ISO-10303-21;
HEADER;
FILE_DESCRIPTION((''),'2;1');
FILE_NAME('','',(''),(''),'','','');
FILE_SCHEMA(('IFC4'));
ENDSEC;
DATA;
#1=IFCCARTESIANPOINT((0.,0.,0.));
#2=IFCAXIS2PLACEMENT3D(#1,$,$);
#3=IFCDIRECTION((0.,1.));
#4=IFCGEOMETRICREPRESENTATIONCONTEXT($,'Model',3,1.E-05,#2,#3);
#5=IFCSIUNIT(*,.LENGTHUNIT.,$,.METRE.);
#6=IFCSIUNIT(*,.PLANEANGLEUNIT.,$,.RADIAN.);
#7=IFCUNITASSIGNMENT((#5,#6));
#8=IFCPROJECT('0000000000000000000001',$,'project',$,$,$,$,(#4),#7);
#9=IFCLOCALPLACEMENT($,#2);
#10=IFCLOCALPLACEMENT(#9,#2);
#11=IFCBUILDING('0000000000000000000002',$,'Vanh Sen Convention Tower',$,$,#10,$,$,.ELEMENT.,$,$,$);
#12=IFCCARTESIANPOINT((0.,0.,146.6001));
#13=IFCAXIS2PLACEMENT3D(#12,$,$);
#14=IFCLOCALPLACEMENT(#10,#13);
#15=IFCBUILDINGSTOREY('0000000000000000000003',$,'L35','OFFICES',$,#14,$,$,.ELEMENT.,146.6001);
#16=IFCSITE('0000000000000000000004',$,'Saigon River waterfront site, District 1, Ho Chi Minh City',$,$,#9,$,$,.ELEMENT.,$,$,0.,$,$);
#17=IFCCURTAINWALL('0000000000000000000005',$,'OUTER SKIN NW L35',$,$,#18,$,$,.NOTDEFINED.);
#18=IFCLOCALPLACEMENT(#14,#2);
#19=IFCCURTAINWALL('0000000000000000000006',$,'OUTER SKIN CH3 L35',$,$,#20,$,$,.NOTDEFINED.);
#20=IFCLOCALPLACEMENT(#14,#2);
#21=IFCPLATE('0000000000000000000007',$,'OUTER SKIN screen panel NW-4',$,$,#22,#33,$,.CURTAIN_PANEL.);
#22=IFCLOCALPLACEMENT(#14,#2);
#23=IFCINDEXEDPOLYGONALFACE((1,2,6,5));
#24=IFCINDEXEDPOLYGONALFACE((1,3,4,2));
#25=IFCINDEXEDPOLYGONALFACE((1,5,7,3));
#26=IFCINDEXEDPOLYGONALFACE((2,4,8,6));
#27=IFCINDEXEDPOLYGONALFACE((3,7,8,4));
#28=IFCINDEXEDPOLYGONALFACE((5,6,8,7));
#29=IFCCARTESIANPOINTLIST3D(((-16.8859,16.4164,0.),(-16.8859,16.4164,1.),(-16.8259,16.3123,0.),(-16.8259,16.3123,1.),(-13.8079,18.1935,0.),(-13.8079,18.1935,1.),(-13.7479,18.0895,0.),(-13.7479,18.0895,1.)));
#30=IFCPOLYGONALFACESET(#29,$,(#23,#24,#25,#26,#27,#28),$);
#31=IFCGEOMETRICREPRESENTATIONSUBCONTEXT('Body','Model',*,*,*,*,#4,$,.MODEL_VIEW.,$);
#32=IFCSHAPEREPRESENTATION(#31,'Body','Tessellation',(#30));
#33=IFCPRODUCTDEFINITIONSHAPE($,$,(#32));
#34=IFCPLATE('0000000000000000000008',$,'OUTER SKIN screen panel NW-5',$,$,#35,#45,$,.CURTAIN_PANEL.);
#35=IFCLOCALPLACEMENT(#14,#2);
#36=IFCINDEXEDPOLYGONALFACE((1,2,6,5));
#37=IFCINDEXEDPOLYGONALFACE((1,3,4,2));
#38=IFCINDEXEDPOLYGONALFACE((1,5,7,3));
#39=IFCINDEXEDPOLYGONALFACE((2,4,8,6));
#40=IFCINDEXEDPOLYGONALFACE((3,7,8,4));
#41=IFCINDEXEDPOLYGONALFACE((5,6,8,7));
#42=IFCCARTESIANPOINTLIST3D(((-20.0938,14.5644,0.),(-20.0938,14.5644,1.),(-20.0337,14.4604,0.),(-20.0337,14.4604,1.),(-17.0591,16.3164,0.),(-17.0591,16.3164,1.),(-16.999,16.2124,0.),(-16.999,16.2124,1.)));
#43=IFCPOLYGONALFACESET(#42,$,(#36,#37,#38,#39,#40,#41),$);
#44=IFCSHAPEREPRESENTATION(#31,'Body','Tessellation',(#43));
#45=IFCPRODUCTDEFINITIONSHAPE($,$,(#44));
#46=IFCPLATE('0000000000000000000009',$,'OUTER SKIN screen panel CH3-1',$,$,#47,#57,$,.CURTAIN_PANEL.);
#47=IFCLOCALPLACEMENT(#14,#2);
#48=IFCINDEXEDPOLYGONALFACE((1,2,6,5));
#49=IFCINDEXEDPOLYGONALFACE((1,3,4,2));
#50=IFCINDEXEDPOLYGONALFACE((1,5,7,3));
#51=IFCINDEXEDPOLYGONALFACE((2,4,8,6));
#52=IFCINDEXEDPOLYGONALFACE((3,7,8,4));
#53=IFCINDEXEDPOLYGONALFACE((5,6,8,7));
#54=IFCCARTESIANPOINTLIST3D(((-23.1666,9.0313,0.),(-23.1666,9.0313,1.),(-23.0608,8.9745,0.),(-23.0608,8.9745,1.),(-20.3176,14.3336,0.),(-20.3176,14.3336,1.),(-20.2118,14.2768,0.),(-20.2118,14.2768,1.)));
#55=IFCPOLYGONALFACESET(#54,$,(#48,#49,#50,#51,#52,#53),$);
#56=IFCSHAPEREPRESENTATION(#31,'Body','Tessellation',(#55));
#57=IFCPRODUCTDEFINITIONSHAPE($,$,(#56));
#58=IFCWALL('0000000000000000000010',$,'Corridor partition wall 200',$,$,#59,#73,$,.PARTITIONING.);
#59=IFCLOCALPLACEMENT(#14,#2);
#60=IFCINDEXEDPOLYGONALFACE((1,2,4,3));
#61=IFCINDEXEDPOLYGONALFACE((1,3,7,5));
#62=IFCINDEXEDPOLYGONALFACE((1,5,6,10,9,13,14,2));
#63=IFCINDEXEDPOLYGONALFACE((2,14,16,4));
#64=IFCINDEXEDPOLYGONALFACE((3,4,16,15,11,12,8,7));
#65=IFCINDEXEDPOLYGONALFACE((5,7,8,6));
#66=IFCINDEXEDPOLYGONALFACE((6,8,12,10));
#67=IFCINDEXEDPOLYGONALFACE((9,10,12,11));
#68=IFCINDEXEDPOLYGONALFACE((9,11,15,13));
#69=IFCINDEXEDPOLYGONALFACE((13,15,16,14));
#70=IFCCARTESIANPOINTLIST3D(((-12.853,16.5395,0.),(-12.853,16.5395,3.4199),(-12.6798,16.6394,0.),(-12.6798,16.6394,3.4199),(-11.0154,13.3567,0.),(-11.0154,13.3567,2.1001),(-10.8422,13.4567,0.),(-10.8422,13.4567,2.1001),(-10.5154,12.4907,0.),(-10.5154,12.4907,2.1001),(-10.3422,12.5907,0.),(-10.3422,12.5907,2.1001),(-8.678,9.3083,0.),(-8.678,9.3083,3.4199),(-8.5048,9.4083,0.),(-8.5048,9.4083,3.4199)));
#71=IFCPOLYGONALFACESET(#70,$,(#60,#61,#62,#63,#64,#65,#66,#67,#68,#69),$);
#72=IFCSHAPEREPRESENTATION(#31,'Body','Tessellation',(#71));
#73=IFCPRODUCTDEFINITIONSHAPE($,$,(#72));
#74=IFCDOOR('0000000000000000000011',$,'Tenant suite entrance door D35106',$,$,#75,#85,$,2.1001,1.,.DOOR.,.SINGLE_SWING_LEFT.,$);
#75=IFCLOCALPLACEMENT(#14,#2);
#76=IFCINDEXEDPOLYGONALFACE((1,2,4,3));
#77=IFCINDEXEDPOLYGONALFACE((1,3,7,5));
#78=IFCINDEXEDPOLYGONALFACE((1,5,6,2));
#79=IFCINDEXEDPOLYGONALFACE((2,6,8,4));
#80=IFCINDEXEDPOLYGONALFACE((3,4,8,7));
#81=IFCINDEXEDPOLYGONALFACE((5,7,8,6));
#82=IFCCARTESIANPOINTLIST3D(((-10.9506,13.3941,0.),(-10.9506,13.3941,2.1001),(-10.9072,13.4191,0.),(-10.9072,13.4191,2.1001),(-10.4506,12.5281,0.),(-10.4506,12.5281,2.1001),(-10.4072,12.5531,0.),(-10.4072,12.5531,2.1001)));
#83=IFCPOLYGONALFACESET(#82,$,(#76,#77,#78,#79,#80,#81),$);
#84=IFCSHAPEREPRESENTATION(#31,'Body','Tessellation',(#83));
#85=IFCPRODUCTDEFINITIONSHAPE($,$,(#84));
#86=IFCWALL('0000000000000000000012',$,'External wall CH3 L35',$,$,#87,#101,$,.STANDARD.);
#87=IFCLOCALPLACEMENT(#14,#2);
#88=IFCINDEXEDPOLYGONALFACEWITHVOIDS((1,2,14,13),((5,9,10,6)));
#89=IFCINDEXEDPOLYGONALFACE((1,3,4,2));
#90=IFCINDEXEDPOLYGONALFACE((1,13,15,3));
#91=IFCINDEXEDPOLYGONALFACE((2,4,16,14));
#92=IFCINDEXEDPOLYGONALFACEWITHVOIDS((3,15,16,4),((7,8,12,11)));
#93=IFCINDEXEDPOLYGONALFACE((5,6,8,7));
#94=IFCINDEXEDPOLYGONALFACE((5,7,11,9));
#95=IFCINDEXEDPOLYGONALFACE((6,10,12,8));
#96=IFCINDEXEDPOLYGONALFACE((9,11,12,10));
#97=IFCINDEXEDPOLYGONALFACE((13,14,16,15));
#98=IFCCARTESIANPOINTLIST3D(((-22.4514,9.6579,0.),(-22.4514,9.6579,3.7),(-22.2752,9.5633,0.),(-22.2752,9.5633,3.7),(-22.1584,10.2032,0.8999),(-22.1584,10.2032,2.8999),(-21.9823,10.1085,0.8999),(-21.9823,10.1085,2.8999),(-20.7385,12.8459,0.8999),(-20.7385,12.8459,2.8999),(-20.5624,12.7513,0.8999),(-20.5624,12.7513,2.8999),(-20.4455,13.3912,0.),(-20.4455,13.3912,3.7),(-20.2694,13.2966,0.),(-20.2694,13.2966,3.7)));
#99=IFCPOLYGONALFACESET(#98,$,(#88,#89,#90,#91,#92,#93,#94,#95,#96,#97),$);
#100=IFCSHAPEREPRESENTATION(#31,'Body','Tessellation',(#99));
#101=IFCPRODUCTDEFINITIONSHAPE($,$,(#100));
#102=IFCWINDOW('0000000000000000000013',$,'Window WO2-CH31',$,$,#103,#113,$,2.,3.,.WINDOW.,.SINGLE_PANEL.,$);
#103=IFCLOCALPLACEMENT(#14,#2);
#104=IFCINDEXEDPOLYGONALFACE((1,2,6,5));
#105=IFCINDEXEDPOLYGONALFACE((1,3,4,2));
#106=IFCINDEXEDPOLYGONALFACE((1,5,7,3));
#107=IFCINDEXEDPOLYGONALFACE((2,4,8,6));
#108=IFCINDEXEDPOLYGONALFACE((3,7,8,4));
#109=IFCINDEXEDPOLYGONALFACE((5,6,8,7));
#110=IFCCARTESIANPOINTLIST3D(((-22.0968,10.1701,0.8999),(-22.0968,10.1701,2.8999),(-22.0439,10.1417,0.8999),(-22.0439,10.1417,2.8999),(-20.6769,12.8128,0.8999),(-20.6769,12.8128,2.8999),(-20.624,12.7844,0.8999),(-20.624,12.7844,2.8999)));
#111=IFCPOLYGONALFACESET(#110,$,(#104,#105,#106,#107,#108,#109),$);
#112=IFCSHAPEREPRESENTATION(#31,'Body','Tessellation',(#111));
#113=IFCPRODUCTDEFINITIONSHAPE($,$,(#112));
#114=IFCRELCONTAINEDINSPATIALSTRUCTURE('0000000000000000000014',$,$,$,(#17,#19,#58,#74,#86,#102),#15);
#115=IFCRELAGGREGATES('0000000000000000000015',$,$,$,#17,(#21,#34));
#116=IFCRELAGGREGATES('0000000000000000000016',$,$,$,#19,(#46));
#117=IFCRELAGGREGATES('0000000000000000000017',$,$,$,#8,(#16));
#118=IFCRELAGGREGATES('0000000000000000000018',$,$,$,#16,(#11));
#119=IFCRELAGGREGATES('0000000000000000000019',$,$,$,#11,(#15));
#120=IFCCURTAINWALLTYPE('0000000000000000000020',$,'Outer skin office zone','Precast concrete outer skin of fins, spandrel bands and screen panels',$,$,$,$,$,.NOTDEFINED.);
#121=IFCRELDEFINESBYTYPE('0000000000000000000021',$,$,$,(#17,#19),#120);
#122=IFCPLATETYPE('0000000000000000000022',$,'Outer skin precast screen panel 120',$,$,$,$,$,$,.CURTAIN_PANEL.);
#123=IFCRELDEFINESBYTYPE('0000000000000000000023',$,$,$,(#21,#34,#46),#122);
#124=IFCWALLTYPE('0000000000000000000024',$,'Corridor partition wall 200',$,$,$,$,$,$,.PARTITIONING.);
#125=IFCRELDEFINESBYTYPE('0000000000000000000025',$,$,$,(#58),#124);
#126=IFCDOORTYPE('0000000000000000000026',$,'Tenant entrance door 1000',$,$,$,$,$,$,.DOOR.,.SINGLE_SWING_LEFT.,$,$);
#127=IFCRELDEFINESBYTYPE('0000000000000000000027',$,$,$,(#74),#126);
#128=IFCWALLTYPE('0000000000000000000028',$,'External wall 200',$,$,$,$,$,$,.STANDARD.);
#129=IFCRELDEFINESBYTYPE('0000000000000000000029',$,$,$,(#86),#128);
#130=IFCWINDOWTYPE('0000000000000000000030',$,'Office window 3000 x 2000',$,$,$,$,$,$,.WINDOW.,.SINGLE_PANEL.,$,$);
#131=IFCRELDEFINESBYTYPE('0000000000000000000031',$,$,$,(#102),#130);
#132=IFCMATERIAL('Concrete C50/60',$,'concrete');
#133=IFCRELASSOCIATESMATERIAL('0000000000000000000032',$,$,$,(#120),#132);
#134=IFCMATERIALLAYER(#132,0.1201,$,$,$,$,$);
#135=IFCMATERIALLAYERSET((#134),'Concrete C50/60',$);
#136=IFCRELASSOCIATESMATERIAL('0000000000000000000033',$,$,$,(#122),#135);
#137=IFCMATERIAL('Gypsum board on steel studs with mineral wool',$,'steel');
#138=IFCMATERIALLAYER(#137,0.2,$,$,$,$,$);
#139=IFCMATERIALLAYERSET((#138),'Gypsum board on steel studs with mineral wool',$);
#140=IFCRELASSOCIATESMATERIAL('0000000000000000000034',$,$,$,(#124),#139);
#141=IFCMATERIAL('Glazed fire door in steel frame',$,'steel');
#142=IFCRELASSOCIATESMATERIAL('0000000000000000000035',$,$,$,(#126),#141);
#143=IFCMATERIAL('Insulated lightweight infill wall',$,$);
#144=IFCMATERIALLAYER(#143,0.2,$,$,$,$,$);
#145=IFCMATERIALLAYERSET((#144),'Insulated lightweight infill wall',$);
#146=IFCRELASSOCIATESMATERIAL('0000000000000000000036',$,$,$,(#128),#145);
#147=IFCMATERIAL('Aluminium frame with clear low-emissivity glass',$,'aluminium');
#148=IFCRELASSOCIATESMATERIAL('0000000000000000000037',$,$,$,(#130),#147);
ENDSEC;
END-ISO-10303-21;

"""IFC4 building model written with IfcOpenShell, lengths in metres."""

from ifc_helpers import new_model, si_unit, direction, frame, frame_2d, origin, origin_2d, place, context, subcontext, project, spatial, rectangle, extrude, material, layer, layer_set, type_object, element, fill, aggregate, save


model = new_model("IFC4")

# Units and contexts
model_context = context("Model", 3, precision=1e-05, world=origin(), true_north=direction((0.0, 1.0)))
body_context = subcontext(model_context, "Body", "Model", "MODEL_VIEW")
ifc_project = project(units=[si_unit("LENGTHUNIT", "METRE"), si_unit("PLANEANGLEUNIT", "RADIAN")], contexts=[model_context])

# Site, building, storey
site_placement = place(None, origin())
site = spatial("IfcSite", under=ifc_project, at=site_placement, Name="Saigon River waterfront site, District 1, Ho Chi Minh City", CompositionType="ELEMENT", RefElevation=0.0)
building_placement = place(site_placement, origin())
building = spatial("IfcBuilding", under=site, at=building_placement, Name="Vanh Sen Convention Tower", CompositionType="ELEMENT")
storey_placement = place(building_placement, frame((0.0, 0.0, 146.6001)))
storey = spatial("IfcBuildingStorey", under=building, at=storey_placement, Name="L35", Description="OFFICES", CompositionType="ELEMENT", Elevation=146.6001)

# Curtain wall
ifc_material_1 = material(Name="Concrete C50/60", Category="concrete")
curtain_wall_type = type_object("IfcCurtainWallType", Name="Outer skin office zone", Description="Precast concrete outer skin of fins, spandrel bands and screen panels", PredefinedType="NOTDEFINED", material=ifc_material_1)
curtain_wall_1_placement = place(storey_placement, origin())
curtain_wall_1 = element("IfcCurtainWall", 1, at=curtain_wall_1_placement, inside=storey, type_object=curtain_wall_type, Name="OUTER SKIN NW L35", PredefinedType="NOTDEFINED")

# Curtain wall
curtain_wall_2_placement = place(storey_placement, origin())
curtain_wall_2 = element("IfcCurtainWall", 2, at=curtain_wall_2_placement, inside=storey, type_object=curtain_wall_type, Name="OUTER SKIN CH3 L35", PredefinedType="NOTDEFINED")

# Plates
ifc_layer_1 = layer(ifc_material_1, 0.1201)
ifc_layer_set_1 = layer_set([ifc_layer_1], Name="Concrete C50/60")
plate_type = type_object("IfcPlateType", Name="Outer skin precast screen panel 120", PredefinedType="CURTAIN_PANEL", material=ifc_layer_set_1)
plate_1_placement = place(storey_placement, frame((-15.3169, 17.2529, 0.0), z_axis=(0.0, 0.0, 1.0), x_axis=(-0.866017, -0.500015, 0.0)))
plate_1 = element("IfcPlate", 3, at=plate_1_placement, type_object=plate_type, Name="OUTER SKIN screen panel NW-4", PredefinedType="CURTAIN_PANEL", context=body_context, shape_type="SweptSolid", body=[
    extrude(rectangle(XDim=3.5542, YDim=0.1201, at=origin_2d()), origin(), (0.0, 0.0, 1.0), 1.0),
])
plate_2_placement = place(storey_placement, frame((-18.5464, 15.3884, 0.0), z_axis=(0.0, 0.0, 1.0), x_axis=(-0.866035, -0.499983, 0.0)))
plate_2 = element("IfcPlate", 4, at=plate_2_placement, type_object=plate_type, Name="OUTER SKIN screen panel NW-5", PredefinedType="CURTAIN_PANEL", context=body_context, shape_type="SweptSolid", body=[
    extrude(rectangle(XDim=3.5042, YDim=0.1201, at=origin_2d()), origin(), (0.0, 0.0, 1.0), 1.0),
])
aggregate(curtain_wall_1, [plate_1, plate_2])
plate_3_placement = place(storey_placement, frame((-21.6892, 11.6541, 0.0), z_axis=(0.0, 0.0, 1.0), x_axis=(-0.473318, -0.880892, 0.0)))
plate_3 = element("IfcPlate", 5, at=plate_3_placement, type_object=plate_type, Name="OUTER SKIN screen panel CH3-1", PredefinedType="CURTAIN_PANEL", context=body_context, shape_type="SweptSolid", body=[
    extrude(rectangle(XDim=6.0193, YDim=0.1201, at=origin_2d()), origin(), (0.0, 0.0, 1.0), 1.0),
])
aggregate(curtain_wall_2, [plate_3])

# Wall, opening, door
ifc_material_2 = material(Name="Gypsum board on steel studs with mineral wool", Category="steel")
ifc_layer_2 = layer(ifc_material_2, 0.2)
ifc_layer_set_2 = layer_set([ifc_layer_2], Name="Gypsum board on steel studs with mineral wool")
wall_type_1 = type_object("IfcWallType", Name="Corridor partition wall 200", PredefinedType="PARTITIONING", material=ifc_layer_set_2)
wall_1_placement = place(storey_placement, frame((-12.7664, 16.5894, 0.0), z_axis=(0.0, 0.0, 1.0), x_axis=(0.50001, -0.86602, 0.0)))
wall_1 = element("IfcWall", 6, at=wall_1_placement, inside=storey, type_object=wall_type_1, Name="Corridor partition wall 200", PredefinedType="PARTITIONING", context=body_context, shape_type="SweptSolid", body=[
    extrude(rectangle(XDim=8.3499, YDim=0.2, at=frame_2d((4.1748, 0.0))), origin(), (0.0, 0.0, 1.0), 3.4199),
])
opening_1_placement = place(wall_1_placement, frame((3.675, 0.0, 0.0)))
opening_1 = element("IfcOpeningElement", 7, at=opening_1_placement, cuts=wall_1, PredefinedType="OPENING", context=body_context, shape_type="SweptSolid", body=[
    extrude(rectangle(XDim=1.0, YDim=2.1001, at=frame_2d((0.5, 1.05))), frame((0.0, 0.1099, 0.0), z_axis=(0.0, -1.0, 0.0), x_axis=(1.0, 0.0, 0.0)), (0.0, 0.0, 1.0), 0.22),
])
ifc_material_3 = material(Name="Glazed fire door in steel frame", Category="steel")
door_type = type_object("IfcDoorType", Name="Tenant entrance door 1000", OperationType="SINGLE_SWING_LEFT", PredefinedType="DOOR", material=ifc_material_3)
door_placement = place(opening_1_placement, origin())
door = element("IfcDoor", 8, at=door_placement, inside=storey, type_object=door_type, Name="Tenant suite entrance door D35106", OperationType="SINGLE_SWING_LEFT", OverallHeight=2.1001, OverallWidth=1.0, PredefinedType="DOOR", context=body_context, shape_type="SweptSolid", body=[
    extrude(rectangle(XDim=1.0, YDim=2.1001, at=frame_2d((0.5, 1.05))), frame((0.0, 0.0249, 0.0), z_axis=(0.0, -1.0, 0.0), x_axis=(1.0, 0.0, 0.0)), (0.0, 0.0, 1.0), 0.05),
])
fill(opening_1, door)

# Wall, opening, window
ifc_material_4 = material(Name="Insulated lightweight infill wall")
ifc_layer_3 = layer(ifc_material_4, 0.2)
ifc_layer_set_3 = layer_set([ifc_layer_3], Name="Insulated lightweight infill wall")
wall_type_2 = type_object("IfcWallType", Name="External wall 200", PredefinedType="STANDARD", material=ifc_layer_set_3)
wall_2_placement = place(storey_placement, frame((-20.3574, 13.344, 0.0), z_axis=(0.0, 0.0, 1.0), x_axis=(-0.473289, -0.880907, 0.0)))
wall_2 = element("IfcWall", 9, at=wall_2_placement, inside=storey, type_object=wall_type_2, Name="External wall CH3 L35", PredefinedType="STANDARD", context=body_context, shape_type="SweptSolid", body=[
    extrude(rectangle(XDim=4.238, YDim=0.2, at=frame_2d((2.1191, 0.0))), origin(), (0.0, 0.0, 1.0), 3.7),
])
opening_2_placement = place(wall_2_placement, frame((0.6191, 0.0, 0.8999)))
opening_2 = element("IfcOpeningElement", 10, at=opening_2_placement, cuts=wall_2, PredefinedType="OPENING", context=body_context, shape_type="SweptSolid", body=[
    extrude(rectangle(XDim=3.0, YDim=2.0, at=frame_2d((1.5, 1.0))), frame((0.0, 0.1099, 0.0), z_axis=(0.0, -1.0, 0.0), x_axis=(1.0, 0.0, 0.0)), (0.0, 0.0, 1.0), 0.22),
])
ifc_material_5 = material(Name="Aluminium frame with clear low-emissivity glass", Category="aluminium")
window_type_1 = type_object("IfcWindowType", Name="Office window 3000 x 2000", PartitioningType="SINGLE_PANEL", PredefinedType="WINDOW", material=ifc_material_5)
window_1_placement = place(opening_2_placement, origin())
window_1 = element("IfcWindow", 11, at=window_1_placement, inside=storey, type_object=window_type_1, Name="Window WO2-CH31", OverallHeight=2.0, OverallWidth=3.0, PartitioningType="SINGLE_PANEL", PredefinedType="WINDOW", context=body_context, shape_type="SweptSolid", body=[
    extrude(rectangle(XDim=3.0, YDim=2.0, at=frame_2d((1.5, 1.0))), frame((0.0, 0.03, 0.0), z_axis=(0.0, -1.0, 0.0), x_axis=(1.0, 0.0, 0.0)), (0.0, 0.0, 1.0), 0.0601),
])
fill(opening_2, window_1)

save(model, "model.ifc")
